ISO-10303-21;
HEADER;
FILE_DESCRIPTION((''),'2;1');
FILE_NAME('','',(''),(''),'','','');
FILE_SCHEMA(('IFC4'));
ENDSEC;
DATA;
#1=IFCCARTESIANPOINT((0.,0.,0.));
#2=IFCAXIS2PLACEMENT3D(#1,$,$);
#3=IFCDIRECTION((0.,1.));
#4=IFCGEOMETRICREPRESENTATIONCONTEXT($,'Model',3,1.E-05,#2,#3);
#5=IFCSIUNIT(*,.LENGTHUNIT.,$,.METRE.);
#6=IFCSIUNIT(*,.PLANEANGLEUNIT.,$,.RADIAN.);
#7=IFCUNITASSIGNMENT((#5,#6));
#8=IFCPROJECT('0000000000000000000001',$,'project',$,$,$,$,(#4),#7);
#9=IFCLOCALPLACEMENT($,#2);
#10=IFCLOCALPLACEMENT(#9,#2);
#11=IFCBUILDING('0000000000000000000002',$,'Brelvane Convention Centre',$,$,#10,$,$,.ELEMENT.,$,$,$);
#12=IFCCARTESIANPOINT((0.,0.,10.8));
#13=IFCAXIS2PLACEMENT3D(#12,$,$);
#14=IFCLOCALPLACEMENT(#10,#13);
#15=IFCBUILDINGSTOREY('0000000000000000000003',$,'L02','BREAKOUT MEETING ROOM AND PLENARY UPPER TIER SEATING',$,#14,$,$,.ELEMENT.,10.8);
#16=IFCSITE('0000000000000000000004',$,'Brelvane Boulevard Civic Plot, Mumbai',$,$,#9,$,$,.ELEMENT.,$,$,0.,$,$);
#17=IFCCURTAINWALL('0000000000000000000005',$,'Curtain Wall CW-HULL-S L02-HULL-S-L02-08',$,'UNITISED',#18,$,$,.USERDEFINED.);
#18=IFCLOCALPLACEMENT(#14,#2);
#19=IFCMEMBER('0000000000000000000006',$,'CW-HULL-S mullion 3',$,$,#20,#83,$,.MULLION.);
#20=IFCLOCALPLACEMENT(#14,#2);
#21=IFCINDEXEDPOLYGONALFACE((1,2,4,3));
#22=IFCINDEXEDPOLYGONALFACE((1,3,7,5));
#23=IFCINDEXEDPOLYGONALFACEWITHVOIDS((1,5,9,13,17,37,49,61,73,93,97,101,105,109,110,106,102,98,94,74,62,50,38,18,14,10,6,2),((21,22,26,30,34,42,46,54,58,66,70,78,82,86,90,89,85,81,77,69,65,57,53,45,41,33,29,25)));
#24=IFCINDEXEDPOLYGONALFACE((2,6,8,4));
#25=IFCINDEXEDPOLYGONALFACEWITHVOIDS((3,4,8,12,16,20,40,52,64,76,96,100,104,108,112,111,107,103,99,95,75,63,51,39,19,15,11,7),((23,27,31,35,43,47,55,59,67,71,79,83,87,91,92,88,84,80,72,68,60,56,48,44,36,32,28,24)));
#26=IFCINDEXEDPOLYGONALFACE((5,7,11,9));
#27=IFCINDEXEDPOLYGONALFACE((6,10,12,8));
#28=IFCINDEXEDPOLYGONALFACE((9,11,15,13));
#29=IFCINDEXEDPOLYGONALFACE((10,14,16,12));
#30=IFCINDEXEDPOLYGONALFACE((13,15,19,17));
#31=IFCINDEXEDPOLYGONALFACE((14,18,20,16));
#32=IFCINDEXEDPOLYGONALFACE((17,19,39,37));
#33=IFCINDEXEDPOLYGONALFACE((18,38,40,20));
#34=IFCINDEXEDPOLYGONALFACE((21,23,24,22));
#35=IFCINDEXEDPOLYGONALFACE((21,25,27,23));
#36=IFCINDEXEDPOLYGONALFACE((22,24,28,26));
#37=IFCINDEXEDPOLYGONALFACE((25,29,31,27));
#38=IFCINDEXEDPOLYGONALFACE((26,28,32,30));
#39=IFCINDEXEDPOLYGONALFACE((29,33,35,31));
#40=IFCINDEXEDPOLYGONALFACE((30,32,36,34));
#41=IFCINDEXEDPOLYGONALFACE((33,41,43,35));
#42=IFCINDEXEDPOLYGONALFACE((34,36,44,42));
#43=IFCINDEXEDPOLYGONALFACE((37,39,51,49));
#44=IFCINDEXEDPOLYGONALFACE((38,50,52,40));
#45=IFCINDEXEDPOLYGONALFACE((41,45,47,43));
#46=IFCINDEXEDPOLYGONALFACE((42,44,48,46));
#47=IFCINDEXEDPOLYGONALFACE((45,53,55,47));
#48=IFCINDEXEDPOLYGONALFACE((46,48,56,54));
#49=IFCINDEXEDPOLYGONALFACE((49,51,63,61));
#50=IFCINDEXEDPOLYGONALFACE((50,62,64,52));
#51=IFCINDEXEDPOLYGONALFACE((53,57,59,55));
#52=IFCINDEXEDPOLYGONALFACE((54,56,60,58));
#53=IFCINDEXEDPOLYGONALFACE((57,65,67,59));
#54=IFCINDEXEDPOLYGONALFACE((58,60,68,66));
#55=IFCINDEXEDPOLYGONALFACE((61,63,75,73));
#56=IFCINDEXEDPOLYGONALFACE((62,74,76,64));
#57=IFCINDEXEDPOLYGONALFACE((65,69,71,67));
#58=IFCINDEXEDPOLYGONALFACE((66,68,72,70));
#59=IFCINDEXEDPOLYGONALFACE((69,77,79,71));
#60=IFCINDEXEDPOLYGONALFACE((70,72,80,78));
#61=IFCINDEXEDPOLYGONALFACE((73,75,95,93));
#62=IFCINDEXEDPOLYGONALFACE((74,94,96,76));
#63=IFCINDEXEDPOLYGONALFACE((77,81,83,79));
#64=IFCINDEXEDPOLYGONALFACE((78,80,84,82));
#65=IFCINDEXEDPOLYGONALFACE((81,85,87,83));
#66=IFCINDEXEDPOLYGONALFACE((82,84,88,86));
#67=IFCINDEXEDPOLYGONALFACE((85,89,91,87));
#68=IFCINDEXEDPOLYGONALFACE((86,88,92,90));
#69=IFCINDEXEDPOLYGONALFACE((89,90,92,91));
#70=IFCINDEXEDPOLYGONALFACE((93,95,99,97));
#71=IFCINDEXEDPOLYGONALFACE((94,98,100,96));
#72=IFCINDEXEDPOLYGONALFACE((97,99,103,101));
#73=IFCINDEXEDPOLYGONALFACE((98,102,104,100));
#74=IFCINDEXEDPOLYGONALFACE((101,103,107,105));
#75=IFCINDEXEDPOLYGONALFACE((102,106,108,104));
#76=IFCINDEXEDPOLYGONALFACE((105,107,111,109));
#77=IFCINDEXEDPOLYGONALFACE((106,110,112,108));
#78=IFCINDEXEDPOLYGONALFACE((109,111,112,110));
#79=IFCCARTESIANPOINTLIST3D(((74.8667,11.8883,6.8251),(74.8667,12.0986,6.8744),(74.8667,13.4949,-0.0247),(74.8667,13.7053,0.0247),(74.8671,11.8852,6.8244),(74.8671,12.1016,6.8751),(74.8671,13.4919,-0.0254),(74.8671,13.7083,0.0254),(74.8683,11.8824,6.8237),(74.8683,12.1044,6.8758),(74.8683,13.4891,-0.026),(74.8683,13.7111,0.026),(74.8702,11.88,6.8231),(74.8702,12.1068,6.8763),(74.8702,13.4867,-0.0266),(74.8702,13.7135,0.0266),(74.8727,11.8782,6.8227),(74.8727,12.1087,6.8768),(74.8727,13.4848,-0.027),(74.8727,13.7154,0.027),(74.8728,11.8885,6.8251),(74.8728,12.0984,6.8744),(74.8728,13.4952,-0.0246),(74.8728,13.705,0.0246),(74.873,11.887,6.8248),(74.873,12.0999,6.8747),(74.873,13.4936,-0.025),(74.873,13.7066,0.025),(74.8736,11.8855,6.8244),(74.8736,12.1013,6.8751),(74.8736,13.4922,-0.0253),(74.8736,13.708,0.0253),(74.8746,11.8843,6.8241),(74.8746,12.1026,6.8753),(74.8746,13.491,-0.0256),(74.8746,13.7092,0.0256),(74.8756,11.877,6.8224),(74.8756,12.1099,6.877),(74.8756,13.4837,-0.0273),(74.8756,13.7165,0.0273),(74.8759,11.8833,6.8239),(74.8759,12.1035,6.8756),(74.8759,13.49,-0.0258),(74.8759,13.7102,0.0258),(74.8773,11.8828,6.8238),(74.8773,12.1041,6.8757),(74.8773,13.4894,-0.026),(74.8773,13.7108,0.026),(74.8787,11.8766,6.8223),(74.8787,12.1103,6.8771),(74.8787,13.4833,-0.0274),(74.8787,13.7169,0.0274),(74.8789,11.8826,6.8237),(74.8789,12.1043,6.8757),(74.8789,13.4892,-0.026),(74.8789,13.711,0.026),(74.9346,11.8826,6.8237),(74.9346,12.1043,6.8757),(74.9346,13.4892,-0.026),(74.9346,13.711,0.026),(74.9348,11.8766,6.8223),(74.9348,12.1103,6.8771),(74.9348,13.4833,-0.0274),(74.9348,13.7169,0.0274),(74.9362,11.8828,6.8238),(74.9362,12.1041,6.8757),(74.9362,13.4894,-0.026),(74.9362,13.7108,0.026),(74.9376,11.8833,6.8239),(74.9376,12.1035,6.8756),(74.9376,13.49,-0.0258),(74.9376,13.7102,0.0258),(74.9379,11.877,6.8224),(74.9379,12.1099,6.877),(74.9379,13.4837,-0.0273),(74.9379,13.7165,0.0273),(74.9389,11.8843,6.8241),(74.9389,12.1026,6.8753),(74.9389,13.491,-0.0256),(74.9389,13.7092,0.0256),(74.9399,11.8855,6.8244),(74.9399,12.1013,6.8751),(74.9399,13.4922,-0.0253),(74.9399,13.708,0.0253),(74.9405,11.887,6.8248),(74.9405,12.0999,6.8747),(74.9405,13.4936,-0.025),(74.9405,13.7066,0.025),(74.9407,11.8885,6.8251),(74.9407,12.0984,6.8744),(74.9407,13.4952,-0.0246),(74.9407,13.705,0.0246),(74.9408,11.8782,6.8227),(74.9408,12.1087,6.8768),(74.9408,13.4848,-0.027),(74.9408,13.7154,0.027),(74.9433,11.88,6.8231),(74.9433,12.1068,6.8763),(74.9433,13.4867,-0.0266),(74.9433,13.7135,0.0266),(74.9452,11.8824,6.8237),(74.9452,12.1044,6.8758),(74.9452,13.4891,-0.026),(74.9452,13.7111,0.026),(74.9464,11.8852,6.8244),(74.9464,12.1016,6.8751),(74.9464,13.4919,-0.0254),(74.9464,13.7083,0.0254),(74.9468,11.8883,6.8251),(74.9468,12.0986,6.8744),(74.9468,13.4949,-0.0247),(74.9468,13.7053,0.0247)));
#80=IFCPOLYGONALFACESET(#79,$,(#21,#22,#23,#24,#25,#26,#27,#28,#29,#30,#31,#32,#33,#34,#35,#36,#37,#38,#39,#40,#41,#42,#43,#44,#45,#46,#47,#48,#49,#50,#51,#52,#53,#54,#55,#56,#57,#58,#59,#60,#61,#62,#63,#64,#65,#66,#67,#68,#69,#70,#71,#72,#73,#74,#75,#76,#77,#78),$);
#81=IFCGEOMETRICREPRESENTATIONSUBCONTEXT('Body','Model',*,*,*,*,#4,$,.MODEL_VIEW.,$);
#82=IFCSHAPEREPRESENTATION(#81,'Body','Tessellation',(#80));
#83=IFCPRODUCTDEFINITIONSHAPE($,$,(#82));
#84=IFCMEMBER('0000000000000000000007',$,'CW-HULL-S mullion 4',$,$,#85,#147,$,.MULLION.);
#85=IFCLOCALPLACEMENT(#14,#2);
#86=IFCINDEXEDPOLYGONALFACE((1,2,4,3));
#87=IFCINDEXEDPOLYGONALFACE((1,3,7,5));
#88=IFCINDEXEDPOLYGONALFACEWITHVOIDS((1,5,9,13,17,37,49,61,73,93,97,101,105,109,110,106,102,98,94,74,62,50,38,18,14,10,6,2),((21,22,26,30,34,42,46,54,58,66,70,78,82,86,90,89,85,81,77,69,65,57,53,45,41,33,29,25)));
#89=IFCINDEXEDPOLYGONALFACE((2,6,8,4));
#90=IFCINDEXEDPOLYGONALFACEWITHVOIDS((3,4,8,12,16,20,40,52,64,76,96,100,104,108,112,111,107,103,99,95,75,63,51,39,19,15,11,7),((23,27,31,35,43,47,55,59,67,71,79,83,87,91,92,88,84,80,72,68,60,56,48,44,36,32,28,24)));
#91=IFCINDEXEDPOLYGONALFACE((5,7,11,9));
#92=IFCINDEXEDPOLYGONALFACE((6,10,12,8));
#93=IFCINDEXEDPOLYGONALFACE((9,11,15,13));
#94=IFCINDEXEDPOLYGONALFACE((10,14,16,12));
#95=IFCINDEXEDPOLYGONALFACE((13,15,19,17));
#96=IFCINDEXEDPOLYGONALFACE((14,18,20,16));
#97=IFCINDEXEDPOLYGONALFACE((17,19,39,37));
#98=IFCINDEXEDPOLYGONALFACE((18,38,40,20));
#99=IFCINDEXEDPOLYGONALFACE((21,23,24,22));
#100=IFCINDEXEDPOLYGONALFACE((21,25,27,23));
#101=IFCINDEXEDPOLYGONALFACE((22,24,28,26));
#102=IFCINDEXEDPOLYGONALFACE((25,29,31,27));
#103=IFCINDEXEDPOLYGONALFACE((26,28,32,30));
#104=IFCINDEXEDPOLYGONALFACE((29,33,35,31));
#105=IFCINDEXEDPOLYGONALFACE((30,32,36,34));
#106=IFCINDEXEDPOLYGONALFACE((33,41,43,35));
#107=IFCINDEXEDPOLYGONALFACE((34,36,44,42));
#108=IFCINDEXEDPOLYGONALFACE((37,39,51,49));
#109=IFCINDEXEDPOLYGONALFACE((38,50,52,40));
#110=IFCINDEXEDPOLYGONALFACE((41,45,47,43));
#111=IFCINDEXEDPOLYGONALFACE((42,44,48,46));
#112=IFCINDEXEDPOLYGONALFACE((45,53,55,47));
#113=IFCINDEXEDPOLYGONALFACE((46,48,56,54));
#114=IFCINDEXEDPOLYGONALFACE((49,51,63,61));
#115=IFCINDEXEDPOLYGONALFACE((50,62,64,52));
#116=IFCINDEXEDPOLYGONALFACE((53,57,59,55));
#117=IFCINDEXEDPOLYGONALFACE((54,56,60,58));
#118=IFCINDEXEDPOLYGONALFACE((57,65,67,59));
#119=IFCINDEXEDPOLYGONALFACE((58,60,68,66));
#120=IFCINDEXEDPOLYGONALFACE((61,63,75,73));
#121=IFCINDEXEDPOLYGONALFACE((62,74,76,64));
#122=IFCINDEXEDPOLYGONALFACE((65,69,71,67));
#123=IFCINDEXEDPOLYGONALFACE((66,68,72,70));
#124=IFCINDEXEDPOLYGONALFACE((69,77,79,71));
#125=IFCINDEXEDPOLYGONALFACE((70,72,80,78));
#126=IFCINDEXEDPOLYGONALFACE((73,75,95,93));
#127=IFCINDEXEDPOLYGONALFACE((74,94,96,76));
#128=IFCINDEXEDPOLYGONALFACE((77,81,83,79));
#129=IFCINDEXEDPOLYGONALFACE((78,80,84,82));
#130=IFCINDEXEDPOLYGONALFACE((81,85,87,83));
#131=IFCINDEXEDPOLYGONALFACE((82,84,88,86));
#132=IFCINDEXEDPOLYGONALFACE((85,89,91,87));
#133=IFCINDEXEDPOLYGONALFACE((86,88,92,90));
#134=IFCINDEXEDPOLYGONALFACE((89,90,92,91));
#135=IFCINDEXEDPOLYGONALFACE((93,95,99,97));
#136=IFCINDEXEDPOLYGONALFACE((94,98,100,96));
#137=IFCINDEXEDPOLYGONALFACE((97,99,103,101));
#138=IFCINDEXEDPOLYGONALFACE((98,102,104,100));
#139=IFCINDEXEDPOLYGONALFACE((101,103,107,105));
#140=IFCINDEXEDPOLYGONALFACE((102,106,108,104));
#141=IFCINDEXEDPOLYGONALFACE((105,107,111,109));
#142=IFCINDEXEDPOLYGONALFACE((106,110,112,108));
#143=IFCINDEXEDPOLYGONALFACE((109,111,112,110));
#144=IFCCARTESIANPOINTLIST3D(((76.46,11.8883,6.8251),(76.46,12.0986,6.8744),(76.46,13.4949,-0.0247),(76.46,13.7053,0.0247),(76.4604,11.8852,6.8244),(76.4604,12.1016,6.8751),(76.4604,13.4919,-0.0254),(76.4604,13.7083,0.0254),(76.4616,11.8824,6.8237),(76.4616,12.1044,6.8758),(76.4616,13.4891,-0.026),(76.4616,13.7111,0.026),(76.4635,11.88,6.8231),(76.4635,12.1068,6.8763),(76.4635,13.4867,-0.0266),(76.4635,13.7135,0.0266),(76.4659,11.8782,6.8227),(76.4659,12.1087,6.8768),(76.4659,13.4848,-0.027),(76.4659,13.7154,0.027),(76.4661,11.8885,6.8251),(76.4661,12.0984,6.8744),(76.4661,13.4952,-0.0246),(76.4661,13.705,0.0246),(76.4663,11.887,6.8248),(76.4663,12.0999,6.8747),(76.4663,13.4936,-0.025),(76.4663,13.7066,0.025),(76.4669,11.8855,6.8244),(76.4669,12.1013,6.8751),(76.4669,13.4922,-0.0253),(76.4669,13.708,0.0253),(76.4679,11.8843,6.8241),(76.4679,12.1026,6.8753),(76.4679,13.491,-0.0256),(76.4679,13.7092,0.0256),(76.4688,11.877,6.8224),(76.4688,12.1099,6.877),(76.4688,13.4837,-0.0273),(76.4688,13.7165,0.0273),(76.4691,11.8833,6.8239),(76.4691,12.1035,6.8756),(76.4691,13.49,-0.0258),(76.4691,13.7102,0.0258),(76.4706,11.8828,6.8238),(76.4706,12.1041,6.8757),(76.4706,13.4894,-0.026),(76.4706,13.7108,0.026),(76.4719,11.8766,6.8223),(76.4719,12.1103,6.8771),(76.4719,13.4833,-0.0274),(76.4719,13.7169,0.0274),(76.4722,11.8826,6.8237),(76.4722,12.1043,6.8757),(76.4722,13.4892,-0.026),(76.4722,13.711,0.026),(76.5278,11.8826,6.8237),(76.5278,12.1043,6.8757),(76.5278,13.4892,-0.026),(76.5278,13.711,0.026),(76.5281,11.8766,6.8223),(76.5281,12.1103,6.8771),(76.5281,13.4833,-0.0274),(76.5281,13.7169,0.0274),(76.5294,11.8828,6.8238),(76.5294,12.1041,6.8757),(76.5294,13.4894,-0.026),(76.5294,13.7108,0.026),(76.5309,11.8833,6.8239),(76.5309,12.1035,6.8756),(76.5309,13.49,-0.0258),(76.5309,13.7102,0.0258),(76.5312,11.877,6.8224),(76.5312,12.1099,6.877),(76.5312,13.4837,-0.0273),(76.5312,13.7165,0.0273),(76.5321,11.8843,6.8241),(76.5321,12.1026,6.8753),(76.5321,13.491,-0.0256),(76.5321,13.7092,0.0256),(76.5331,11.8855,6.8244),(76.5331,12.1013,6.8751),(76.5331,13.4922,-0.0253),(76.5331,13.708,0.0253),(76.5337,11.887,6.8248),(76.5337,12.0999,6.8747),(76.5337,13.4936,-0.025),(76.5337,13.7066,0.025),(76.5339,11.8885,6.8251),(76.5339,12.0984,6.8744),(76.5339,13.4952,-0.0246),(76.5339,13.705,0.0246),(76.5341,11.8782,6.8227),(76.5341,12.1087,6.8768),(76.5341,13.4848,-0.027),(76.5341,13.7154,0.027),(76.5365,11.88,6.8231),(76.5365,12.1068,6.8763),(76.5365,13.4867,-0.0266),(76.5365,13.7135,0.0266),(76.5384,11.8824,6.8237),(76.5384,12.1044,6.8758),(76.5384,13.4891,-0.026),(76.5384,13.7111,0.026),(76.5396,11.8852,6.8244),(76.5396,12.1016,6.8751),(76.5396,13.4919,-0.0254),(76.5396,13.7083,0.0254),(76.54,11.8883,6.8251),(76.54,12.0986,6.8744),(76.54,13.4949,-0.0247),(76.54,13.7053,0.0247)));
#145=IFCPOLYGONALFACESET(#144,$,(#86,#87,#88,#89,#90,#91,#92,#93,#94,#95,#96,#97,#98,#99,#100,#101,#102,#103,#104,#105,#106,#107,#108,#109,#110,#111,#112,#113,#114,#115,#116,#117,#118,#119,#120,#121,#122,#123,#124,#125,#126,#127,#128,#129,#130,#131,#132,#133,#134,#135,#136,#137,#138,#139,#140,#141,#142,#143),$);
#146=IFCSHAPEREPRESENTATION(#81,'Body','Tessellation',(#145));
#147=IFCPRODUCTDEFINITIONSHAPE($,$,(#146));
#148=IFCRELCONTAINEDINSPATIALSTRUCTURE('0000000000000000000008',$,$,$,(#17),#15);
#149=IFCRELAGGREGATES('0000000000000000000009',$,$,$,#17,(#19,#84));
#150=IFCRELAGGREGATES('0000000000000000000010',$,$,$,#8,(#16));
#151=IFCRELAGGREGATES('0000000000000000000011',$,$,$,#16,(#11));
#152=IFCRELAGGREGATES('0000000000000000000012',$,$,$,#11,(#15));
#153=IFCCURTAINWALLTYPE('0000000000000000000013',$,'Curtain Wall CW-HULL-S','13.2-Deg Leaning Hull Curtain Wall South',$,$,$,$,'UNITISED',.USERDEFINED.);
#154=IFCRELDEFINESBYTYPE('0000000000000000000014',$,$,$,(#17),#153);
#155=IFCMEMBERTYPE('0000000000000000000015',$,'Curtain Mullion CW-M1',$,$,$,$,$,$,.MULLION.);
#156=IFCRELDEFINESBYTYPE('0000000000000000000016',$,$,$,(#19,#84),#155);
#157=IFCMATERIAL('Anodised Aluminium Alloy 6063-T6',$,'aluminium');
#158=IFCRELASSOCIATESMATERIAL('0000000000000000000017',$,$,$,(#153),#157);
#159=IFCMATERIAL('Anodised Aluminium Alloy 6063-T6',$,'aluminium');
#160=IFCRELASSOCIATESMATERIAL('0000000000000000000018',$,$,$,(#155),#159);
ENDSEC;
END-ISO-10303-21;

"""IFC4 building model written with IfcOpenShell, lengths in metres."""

from ifc_helpers import new_model, si_unit, direction, frame, origin, origin_2d, place, context, subcontext, project, spatial, hollow_rectangle, extrude, material, material_profile, profile_set, type_object, element, aggregate, save


model = new_model("IFC4")

# Units and contexts
model_context = context("Model", 3, precision=1e-05, world=origin(), true_north=direction((0.0, 1.0)))
body_context = subcontext(model_context, "Body", "Model", "MODEL_VIEW")
ifc_project = project(units=[si_unit("LENGTHUNIT", "METRE"), si_unit("PLANEANGLEUNIT", "RADIAN")], contexts=[model_context])

# Site, building, storey
site_placement = place(None, origin())
site = spatial("IfcSite", under=ifc_project, at=site_placement, Name="Brelvane Boulevard Civic Plot, Mumbai", CompositionType="ELEMENT", RefElevation=0.0)
building_placement = place(site_placement, origin())
building = spatial("IfcBuilding", under=site, at=building_placement, Name="Brelvane Convention Centre", CompositionType="ELEMENT")
storey_placement = place(building_placement, frame((0.0, 0.0, 10.8)))
storey = spatial("IfcBuildingStorey", under=building, at=storey_placement, Name="L02", Description="BREAKOUT MEETING ROOM AND PLENARY UPPER TIER SEATING", CompositionType="ELEMENT", Elevation=10.8)

# Curtain wall, members
ifc_material_1 = material(Name="Anodised Aluminium Alloy 6063-T6", Category="aluminium")
curtain_wall_type = type_object("IfcCurtainWallType", Name="Curtain Wall CW-HULL-S", Description="13.2-Deg Leaning Hull Curtain Wall South", ElementType="UNITISED", PredefinedType="USERDEFINED", material=ifc_material_1)
curtain_wall_1_placement = place(storey_placement, origin())
curtain_wall_1 = element("IfcCurtainWall", 1, at=curtain_wall_1_placement, inside=storey, type_object=curtain_wall_type, Name="Curtain Wall CW-HULL-S L02-HULL-S-L02-08", ObjectType="UNITISED", PredefinedType="USERDEFINED")
ifc_material_2 = material(Name="Anodised Aluminium Alloy 6063-T6", Category="aluminium")
ifc_material_profile_1 = material_profile(ifc_material_2, hollow_rectangle(XDim=0.0801, YDim=0.24, WallThickness=0.0061, InnerFilletRadius=0.0061, OuterFilletRadius=0.012, at=origin_2d()), Name="ALU-M 240x80x6.0")
ifc_profile_set_1 = profile_set([ifc_material_profile_1], Name="Anodised Aluminium Alloy 6063-T6")
member_type_1 = type_object("IfcMemberType", Name="Curtain Mullion CW-M1", PredefinedType="MULLION", material=ifc_profile_set_1)
member_1_placement = place(storey_placement, frame((74.9067, 13.6001, 0.0), z_axis=(0.0, -0.22836, 0.973577), x_axis=(1.0, 0.0, 0.0)))
member_1 = element("IfcMember", 2, at=member_1_placement, type_object=member_type_1, Name="CW-HULL-S mullion 3", PredefinedType="MULLION", context=body_context, shape_type="SweptSolid", body=[
    extrude(hollow_rectangle(XDim=0.0801, YDim=0.24, WallThickness=0.0061, InnerFilletRadius=0.0061, OuterFilletRadius=0.012, at=origin_2d()), origin(), (0.0, 0.0, 1.0), 7.0356),
])
member_2_placement = place(storey_placement, frame((76.5, 13.6001, 0.0), z_axis=(0.0, -0.22836, 0.973577), x_axis=(1.0, 0.0, 0.0)))
member_2 = element("IfcMember", 3, at=member_2_placement, type_object=member_type_1, Name="CW-HULL-S mullion 4", PredefinedType="MULLION", context=body_context, shape_type="SweptSolid", body=[
    extrude(hollow_rectangle(XDim=0.0801, YDim=0.24, WallThickness=0.0061, InnerFilletRadius=0.0061, OuterFilletRadius=0.012, at=origin_2d()), origin(), (0.0, 0.0, 1.0), 7.0356),
])

aggregate(curtain_wall_1, [member_1, member_2])

save(model, "model.ifc")
